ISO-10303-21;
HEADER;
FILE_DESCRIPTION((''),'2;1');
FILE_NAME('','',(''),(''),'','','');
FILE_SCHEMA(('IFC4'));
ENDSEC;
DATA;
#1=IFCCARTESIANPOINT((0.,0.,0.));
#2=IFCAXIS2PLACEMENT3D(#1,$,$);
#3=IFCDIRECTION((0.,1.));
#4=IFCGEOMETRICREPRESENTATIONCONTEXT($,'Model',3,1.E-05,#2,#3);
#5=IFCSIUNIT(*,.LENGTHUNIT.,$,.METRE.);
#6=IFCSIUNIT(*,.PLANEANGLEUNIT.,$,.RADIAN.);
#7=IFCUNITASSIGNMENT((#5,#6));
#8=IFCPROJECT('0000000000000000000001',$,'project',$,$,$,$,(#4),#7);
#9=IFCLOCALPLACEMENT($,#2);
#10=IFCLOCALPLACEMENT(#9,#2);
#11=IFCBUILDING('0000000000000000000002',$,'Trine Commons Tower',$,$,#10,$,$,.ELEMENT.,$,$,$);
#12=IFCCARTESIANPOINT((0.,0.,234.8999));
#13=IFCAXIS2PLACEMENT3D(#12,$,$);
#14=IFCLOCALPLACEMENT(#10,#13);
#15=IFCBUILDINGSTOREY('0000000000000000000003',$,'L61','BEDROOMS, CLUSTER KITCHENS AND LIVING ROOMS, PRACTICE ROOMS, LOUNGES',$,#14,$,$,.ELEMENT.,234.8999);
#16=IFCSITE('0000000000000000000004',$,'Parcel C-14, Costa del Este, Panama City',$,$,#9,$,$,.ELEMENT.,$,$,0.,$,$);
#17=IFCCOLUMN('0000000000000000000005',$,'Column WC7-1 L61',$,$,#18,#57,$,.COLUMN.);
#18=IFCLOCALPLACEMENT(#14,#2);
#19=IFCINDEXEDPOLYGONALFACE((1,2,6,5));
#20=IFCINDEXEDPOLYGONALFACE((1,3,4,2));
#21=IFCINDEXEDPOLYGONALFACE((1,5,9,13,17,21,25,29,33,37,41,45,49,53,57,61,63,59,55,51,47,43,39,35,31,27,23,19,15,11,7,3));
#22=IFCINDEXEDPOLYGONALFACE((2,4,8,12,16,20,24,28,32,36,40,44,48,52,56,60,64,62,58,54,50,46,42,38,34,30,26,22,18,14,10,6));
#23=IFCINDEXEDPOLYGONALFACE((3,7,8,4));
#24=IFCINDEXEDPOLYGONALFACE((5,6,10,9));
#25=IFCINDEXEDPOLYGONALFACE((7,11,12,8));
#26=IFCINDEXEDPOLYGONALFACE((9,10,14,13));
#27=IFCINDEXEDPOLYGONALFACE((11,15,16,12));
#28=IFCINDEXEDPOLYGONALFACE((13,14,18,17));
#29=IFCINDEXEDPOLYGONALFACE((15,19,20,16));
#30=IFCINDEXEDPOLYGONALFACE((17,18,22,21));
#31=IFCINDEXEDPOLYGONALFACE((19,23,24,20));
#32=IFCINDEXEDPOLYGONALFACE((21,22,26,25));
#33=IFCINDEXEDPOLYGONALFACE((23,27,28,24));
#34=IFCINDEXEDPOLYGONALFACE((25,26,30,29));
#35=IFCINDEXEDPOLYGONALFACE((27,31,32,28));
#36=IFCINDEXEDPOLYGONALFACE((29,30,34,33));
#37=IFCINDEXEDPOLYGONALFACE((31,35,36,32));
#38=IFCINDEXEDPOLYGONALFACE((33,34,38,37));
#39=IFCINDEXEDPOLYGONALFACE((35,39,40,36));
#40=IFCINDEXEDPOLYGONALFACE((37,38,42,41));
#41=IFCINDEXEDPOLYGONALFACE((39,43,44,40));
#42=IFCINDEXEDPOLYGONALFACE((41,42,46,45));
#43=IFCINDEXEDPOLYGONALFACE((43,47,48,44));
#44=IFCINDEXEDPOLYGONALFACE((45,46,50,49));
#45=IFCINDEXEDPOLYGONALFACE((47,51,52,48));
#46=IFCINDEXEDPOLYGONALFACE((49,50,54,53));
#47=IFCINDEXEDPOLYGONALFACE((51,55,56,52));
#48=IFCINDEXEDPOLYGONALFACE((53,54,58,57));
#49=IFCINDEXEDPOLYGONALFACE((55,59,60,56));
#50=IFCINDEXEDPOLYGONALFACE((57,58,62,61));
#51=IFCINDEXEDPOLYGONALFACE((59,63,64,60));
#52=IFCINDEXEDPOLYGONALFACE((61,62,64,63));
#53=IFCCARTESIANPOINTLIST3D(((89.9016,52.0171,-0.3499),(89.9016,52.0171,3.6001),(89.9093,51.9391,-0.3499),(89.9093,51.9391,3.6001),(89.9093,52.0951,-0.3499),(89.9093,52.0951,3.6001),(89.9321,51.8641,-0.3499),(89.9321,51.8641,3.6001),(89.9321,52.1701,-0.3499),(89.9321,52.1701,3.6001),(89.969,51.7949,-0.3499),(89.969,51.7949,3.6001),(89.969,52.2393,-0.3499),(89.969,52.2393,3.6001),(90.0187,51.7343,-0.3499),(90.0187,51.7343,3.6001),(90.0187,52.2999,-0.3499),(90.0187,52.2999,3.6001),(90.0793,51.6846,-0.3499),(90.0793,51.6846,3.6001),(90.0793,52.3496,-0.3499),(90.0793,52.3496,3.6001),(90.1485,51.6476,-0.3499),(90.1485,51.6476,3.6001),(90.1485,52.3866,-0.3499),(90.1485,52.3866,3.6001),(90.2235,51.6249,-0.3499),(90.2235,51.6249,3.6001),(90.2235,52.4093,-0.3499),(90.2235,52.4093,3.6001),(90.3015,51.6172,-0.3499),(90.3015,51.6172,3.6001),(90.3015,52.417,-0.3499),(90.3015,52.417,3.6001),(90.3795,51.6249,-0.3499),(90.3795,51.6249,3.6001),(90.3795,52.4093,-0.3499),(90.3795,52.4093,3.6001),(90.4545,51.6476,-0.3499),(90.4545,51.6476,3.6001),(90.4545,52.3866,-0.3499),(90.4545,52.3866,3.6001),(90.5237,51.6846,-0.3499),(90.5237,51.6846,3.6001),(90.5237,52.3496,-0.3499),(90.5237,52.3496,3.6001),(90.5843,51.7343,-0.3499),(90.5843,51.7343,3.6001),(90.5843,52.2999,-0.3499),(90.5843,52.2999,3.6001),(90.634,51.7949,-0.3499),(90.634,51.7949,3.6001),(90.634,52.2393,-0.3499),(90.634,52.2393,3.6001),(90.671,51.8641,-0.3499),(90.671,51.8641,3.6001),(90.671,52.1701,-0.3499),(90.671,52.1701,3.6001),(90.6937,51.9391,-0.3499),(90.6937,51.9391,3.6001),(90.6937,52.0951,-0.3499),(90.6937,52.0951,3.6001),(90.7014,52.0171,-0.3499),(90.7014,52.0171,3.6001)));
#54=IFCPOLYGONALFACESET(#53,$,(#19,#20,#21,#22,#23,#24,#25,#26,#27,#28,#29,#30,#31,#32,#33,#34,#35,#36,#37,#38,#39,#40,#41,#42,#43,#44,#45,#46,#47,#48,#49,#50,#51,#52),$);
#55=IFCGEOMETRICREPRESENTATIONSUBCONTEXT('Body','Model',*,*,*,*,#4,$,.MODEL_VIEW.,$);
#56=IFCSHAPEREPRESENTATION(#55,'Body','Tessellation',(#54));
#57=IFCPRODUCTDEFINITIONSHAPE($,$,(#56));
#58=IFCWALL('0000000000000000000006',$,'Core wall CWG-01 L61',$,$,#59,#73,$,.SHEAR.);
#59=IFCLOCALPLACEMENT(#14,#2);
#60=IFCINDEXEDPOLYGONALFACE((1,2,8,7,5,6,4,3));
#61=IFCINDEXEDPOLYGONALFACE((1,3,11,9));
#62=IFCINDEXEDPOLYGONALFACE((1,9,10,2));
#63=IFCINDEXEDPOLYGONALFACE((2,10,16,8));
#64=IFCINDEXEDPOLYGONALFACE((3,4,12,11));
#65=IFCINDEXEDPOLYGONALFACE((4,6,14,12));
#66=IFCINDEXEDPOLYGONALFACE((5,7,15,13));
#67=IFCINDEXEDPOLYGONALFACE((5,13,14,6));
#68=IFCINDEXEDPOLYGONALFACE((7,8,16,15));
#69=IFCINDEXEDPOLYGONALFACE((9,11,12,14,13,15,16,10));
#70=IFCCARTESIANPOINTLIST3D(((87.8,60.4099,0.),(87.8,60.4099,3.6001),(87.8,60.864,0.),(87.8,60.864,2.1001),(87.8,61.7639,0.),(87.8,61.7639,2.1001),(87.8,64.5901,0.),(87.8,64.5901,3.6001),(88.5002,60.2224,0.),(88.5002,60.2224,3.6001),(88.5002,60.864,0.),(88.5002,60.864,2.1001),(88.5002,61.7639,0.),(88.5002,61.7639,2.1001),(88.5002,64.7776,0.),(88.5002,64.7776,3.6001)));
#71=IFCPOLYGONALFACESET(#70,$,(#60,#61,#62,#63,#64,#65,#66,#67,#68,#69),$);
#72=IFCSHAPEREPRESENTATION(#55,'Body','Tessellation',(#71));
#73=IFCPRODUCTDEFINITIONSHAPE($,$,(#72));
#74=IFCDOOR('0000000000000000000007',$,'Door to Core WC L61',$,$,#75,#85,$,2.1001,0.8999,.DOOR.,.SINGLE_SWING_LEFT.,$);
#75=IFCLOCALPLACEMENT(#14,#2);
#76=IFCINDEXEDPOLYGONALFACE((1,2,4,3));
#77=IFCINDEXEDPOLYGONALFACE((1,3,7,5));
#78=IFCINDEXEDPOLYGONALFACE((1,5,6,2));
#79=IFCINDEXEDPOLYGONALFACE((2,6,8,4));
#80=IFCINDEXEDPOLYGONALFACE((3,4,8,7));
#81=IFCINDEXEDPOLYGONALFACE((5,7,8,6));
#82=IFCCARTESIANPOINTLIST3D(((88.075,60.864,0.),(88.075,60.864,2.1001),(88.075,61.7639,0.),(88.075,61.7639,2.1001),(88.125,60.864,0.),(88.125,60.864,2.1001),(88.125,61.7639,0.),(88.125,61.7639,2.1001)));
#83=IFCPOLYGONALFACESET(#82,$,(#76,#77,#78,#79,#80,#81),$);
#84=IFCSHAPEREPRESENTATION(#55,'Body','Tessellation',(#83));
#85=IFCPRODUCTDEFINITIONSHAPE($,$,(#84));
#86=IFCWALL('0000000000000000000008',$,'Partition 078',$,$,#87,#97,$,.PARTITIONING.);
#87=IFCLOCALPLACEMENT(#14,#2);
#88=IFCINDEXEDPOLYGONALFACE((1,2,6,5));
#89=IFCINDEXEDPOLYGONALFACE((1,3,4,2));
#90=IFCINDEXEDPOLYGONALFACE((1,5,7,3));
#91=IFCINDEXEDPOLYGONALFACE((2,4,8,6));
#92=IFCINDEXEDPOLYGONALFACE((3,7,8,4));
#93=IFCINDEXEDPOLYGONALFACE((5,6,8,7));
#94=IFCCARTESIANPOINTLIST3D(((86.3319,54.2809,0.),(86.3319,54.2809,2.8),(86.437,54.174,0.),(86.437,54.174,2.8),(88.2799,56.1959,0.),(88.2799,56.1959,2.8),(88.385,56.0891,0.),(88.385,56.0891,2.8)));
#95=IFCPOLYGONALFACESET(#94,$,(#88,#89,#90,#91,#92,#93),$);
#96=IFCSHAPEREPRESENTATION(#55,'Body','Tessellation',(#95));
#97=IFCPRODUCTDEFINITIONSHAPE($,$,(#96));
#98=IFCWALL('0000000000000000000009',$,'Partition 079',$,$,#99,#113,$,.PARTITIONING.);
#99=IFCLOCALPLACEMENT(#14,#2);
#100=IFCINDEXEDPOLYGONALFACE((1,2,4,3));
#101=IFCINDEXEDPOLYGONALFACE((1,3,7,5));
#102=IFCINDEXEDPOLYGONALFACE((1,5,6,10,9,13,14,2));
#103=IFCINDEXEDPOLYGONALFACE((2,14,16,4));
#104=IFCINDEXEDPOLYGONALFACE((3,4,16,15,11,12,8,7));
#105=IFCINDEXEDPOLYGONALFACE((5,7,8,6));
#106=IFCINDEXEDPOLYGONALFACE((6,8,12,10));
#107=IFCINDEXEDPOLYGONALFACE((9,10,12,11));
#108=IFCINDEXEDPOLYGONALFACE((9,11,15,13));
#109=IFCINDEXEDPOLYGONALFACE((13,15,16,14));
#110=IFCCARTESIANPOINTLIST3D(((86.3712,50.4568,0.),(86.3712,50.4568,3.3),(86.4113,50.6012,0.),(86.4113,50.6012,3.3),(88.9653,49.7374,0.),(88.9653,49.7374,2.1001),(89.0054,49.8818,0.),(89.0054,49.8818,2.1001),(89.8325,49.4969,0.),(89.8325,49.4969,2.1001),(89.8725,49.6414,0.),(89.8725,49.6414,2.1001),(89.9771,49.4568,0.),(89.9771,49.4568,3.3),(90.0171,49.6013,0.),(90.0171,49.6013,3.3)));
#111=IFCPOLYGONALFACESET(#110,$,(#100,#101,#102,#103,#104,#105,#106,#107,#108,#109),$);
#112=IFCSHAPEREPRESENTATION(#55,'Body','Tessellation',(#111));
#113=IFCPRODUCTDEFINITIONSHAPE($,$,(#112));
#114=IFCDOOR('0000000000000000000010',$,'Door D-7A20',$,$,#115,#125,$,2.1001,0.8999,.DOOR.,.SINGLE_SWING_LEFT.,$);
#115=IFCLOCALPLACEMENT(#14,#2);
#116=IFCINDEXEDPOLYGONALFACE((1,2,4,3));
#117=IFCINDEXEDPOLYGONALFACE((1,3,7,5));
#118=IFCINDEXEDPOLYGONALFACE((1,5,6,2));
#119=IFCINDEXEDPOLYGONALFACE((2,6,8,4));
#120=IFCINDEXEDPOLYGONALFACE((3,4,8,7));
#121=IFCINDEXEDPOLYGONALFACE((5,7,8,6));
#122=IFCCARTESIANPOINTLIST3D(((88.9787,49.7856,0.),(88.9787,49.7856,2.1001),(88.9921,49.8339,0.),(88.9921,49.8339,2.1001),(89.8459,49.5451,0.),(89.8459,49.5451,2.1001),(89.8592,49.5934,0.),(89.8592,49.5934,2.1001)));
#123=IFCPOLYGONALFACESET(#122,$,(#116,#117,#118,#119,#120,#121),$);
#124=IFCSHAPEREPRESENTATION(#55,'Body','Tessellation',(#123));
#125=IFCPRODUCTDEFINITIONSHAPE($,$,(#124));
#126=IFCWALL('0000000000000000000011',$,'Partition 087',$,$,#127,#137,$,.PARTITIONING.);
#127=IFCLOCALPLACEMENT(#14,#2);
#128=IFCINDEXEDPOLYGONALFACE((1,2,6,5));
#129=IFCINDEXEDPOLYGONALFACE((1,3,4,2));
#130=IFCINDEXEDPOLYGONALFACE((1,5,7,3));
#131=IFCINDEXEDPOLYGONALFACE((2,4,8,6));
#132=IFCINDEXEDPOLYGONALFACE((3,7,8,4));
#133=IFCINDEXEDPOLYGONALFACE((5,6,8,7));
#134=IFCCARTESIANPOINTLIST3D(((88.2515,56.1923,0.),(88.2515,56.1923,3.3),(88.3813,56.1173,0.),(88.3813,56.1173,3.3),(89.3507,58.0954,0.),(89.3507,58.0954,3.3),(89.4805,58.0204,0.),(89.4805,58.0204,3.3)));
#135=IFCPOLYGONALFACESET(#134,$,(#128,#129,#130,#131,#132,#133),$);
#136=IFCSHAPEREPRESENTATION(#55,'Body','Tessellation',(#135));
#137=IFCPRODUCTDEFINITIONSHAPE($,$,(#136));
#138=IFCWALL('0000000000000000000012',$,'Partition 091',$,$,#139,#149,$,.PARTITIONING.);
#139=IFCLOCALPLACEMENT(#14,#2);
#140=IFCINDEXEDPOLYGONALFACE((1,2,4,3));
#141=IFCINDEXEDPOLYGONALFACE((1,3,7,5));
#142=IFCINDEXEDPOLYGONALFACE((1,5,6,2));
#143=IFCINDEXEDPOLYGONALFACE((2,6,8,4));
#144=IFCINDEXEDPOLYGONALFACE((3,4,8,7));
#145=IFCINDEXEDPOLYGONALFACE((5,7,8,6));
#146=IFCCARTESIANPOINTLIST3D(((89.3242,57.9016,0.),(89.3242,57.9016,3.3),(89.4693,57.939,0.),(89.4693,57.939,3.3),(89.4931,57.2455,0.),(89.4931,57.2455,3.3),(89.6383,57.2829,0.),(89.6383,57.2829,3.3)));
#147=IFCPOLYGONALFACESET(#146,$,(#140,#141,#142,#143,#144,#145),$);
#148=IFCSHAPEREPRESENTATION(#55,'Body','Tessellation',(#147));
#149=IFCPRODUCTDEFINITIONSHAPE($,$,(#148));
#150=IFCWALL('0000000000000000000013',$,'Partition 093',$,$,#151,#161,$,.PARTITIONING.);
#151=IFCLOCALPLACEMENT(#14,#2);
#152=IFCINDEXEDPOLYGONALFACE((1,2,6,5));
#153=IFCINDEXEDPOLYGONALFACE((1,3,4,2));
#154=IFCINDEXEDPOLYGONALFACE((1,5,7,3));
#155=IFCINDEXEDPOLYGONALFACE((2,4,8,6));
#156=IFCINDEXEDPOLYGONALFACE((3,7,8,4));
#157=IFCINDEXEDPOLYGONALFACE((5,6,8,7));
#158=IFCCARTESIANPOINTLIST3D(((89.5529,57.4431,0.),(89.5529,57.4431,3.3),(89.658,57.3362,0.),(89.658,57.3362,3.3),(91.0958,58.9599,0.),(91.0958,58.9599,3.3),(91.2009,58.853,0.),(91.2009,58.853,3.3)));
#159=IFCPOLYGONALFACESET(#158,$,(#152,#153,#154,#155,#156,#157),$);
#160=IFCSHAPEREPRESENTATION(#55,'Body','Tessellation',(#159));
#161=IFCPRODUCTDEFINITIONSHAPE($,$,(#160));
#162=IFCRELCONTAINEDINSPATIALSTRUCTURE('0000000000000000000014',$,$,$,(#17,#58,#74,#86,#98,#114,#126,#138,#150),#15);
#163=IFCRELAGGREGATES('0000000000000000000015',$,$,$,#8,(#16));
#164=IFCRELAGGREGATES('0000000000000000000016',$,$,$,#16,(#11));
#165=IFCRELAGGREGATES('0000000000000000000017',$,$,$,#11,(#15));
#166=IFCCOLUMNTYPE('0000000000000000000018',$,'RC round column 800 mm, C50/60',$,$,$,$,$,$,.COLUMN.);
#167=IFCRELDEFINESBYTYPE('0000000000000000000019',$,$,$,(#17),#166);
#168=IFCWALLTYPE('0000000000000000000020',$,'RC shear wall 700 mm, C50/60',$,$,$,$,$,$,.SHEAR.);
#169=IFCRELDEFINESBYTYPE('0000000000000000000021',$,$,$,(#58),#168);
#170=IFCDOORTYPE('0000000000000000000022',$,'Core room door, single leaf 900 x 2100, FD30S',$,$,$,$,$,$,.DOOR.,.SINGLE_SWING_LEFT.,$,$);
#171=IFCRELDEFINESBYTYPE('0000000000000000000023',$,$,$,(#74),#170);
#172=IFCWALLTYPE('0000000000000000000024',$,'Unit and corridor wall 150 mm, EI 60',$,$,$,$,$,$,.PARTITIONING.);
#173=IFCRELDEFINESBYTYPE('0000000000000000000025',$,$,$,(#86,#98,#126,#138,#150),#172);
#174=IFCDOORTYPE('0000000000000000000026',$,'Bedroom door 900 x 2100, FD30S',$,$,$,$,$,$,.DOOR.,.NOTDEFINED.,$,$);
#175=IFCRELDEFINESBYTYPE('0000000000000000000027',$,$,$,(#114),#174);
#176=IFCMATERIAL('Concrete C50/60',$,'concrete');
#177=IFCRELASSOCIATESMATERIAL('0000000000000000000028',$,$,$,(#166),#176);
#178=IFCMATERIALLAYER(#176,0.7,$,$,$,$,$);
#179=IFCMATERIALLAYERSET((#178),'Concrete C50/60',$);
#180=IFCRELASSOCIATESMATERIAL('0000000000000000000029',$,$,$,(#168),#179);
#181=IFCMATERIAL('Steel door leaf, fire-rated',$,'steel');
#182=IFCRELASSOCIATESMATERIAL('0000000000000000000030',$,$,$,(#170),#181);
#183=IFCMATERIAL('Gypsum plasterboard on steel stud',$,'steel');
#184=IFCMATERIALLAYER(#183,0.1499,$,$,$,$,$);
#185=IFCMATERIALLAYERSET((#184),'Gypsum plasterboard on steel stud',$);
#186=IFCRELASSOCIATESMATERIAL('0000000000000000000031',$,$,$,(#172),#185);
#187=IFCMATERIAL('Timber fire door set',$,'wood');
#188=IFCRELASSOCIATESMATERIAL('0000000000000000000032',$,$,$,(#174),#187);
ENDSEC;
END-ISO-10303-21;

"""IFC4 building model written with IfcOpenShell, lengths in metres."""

from ifc_helpers import new_model, si_unit, direction, frame, frame_2d, origin, origin_2d, place, context, subcontext, project, spatial, polyline, rectangle, circle, outline, extrude, material, layer, layer_set, material_profile, profile_set, type_object, element, fill, save


model = new_model("IFC4")

# Units and contexts
model_context = context("Model", 3, precision=1e-05, world=origin(), true_north=direction((0.0, 1.0)))
body_context = subcontext(model_context, "Body", "Model", "MODEL_VIEW")
ifc_project = project(units=[si_unit("LENGTHUNIT", "METRE"), si_unit("PLANEANGLEUNIT", "RADIAN")], contexts=[model_context])

# Site, building, storey
site_placement = place(None, origin())
site = spatial("IfcSite", under=ifc_project, at=site_placement, Name="Parcel C-14, Costa del Este, Panama City", CompositionType="ELEMENT", RefElevation=0.0)
building_placement = place(site_placement, origin())
building = spatial("IfcBuilding", under=site, at=building_placement, Name="Trine Commons Tower", CompositionType="ELEMENT")
storey_placement = place(building_placement, frame((0.0, 0.0, 234.8999)))
storey = spatial("IfcBuildingStorey", under=building, at=storey_placement, Name="L61", Description="BEDROOMS, CLUSTER KITCHENS AND LIVING ROOMS, PRACTICE ROOMS, LOUNGES", CompositionType="ELEMENT", Elevation=234.8999)

# Column
ifc_material_1 = material(Name="Concrete C50/60", Category="concrete")
ifc_material_profile = material_profile(ifc_material_1, circle(Radius=0.3999, at=origin_2d()), Name="RC round 800")
ifc_profile_set = profile_set([ifc_material_profile], Name="Concrete C50/60")
column_type = type_object("IfcColumnType", Name="RC round column 800 mm, C50/60", PredefinedType="COLUMN", material=ifc_profile_set)
column_placement = place(storey_placement, frame((90.3015, 52.0171, -0.3499), z_axis=(0.0, 0.0, 1.0), x_axis=(1.0, 0.0, 0.0)))
element("IfcColumn", 1, at=column_placement, inside=storey, type_object=column_type, Name="Column WC7-1 L61", PredefinedType="COLUMN", context=body_context, shape_type="SweptSolid", body=[
    extrude(circle(Radius=0.3999, at=origin_2d()), origin(), (0.0, 0.0, 1.0), 3.95),
])

# Wall, opening, door
ifc_layer_1 = layer(ifc_material_1, 0.7)
ifc_layer_set_1 = layer_set([ifc_layer_1], Name="Concrete C50/60")
wall_type_1 = type_object("IfcWallType", Name="RC shear wall 700 mm, C50/60", PredefinedType="SHEAR", material=ifc_layer_set_1)
wall_1_placement = place(storey_placement, frame((88.1501, 60.2224, 0.0), z_axis=(0.0, 0.0, 1.0), x_axis=(0.0, 1.0, 0.0)))
wall_1 = element("IfcWall", 2, at=wall_1_placement, inside=storey, type_object=wall_type_1, Name="Core wall CWG-01 L61", PredefinedType="SHEAR", context=body_context, shape_type="SweptSolid", body=[
    extrude(outline(polyline([(0.0, -0.3501), (4.5552, -0.3501), (4.3677, 0.3501), (0.1875, 0.3501), (0.0, -0.3501)])), origin(), (0.0, 0.0, 1.0), 3.6001),
])
opening_1_placement = place(wall_1_placement, frame((0.6416, 0.0, 0.0)))
opening_1 = element("IfcOpeningElement", 3, at=opening_1_placement, cuts=wall_1, PredefinedType="OPENING", context=body_context, shape_type="SweptSolid", body=[
    extrude(rectangle(XDim=0.8999, YDim=2.1001, at=frame_2d((0.45, 1.05))), frame((0.0, 0.3599, 0.0), z_axis=(0.0, -1.0, 0.0), x_axis=(1.0, 0.0, 0.0)), (0.0, 0.0, 1.0), 0.72),
])
ifc_material_2 = material(Name="Steel door leaf, fire-rated", Category="steel")
door_type_1 = type_object("IfcDoorType", Name="Core room door, single leaf 900 x 2100, FD30S", OperationType="SINGLE_SWING_LEFT", PredefinedType="DOOR", material=ifc_material_2)
door_1_placement = place(opening_1_placement, origin())
door_1 = element("IfcDoor", 4, at=door_1_placement, inside=storey, type_object=door_type_1, Name="Door to Core WC L61", OperationType="SINGLE_SWING_LEFT", OverallHeight=2.1001, OverallWidth=0.8999, PredefinedType="DOOR", context=body_context, shape_type="SweptSolid", body=[
    extrude(rectangle(XDim=0.8999, YDim=2.1001, at=frame_2d((0.45, 1.05))), frame((0.0, 0.0752, 0.0), z_axis=(0.0, -1.0, 0.0), x_axis=(1.0, 0.0, 0.0)), (0.0, 0.0, 1.0), 0.05),
])
fill(opening_1, door_1)

# Wall
ifc_material_3 = material(Name="Gypsum plasterboard on steel stud", Category="steel")
ifc_layer_2 = layer(ifc_material_3, 0.1499)
ifc_layer_set_2 = layer_set([ifc_layer_2], Name="Gypsum plasterboard on steel stud")
wall_type_2 = type_object("IfcWallType", Name="Unit and corridor wall 150 mm, EI 60", PredefinedType="PARTITIONING", material=ifc_layer_set_2)
wall_2_placement = place(storey_placement, frame((86.3845, 54.2275, 0.0), z_axis=(0.0, 0.0, 1.0), x_axis=(0.713114, 0.701048, 0.0)))
element("IfcWall", 5, at=wall_2_placement, inside=storey, type_object=wall_type_2, Name="Partition 078", PredefinedType="PARTITIONING", context=body_context, shape_type="SweptSolid", body=[
    extrude(rectangle(XDim=2.7317, YDim=0.1499, at=frame_2d((1.3657, 0.0))), origin(), (0.0, 0.0, 1.0), 2.8),
])

# Wall, opening, door
wall_3_placement = place(storey_placement, frame((86.3911, 50.5291, 0.0), z_axis=(0.0, 0.0, 1.0), x_axis=(0.963632, -0.267233, 0.0)))
wall_3 = element("IfcWall", 6, at=wall_3_placement, inside=storey, type_object=wall_type_2, Name="Partition 079", PredefinedType="PARTITIONING", context=body_context, shape_type="SweptSolid", body=[
    extrude(rectangle(XDim=3.7419, YDim=0.1499, at=frame_2d((1.8711, 0.0))), origin(), (0.0, 0.0, 1.0), 3.3),
])
opening_2_placement = place(wall_3_placement, frame((2.6921, 0.0, 0.0)))
opening_2 = element("IfcOpeningElement", 7, at=opening_2_placement, cuts=wall_3, PredefinedType="OPENING", context=body_context, shape_type="SweptSolid", body=[
    extrude(rectangle(XDim=0.8999, YDim=2.1001, at=frame_2d((0.45, 1.05))), frame((0.0, 0.085, 0.0), z_axis=(0.0, -1.0, 0.0), x_axis=(1.0, 0.0, 0.0)), (0.0, 0.0, 1.0), 0.1699),
])
ifc_material_4 = material(Name="Timber fire door set", Category="wood")
door_type_2 = type_object("IfcDoorType", Name="Bedroom door 900 x 2100, FD30S", OperationType="NOTDEFINED", PredefinedType="DOOR", material=ifc_material_4)
door_2_placement = place(opening_2_placement, frame((0.8999, 0.0, 0.0), z_axis=(0.0, 0.0, 1.0), x_axis=(-1.0, 0.0, 0.0)))
door_2 = element("IfcDoor", 8, at=door_2_placement, inside=storey, type_object=door_type_2, Name="Door D-7A20", OperationType="SINGLE_SWING_LEFT", OverallHeight=2.1001, OverallWidth=0.8999, PredefinedType="DOOR", context=body_context, shape_type="SweptSolid", body=[
    extrude(rectangle(XDim=0.8999, YDim=2.1001, at=frame_2d((0.45, 1.05))), frame((0.0, 0.0249, 0.0), z_axis=(0.0, -1.0, 0.0), x_axis=(1.0, 0.0, 0.0)), (0.0, 0.0, 1.0), 0.05),
])
fill(opening_2, door_2)

# Walls
wall_4_placement = place(storey_placement, frame((88.3164, 56.1548, 0.0), z_axis=(0.0, 0.0, 1.0), x_axis=(0.50013, 0.865951, 0.0)))
element("IfcWall", 9, at=wall_4_placement, inside=storey, type_object=wall_type_2, Name="Partition 087", PredefinedType="PARTITIONING", context=body_context, shape_type="SweptSolid", body=[
    extrude(rectangle(XDim=2.1978, YDim=0.1499, at=frame_2d((1.0989, 0.0))), origin(), (0.0, 0.0, 1.0), 3.3),
])
wall_5_placement = place(storey_placement, frame((89.3967, 57.9204, 0.0), z_axis=(0.0, 0.0, 1.0), x_axis=(0.249398, -0.968401, 0.0)))
element("IfcWall", 10, at=wall_5_placement, inside=storey, type_object=wall_type_2, Name="Partition 091", PredefinedType="PARTITIONING", context=body_context, shape_type="SweptSolid", body=[
    extrude(rectangle(XDim=0.6775, YDim=0.1499, at=frame_2d((0.3389, 0.0))), origin(), (0.0, 0.0, 1.0), 3.3),
])
wall_6_placement = place(storey_placement, frame((89.6055, 57.3896, 0.0), z_axis=(0.0, 0.0, 1.0), x_axis=(0.713118, 0.701044, 0.0)))
element("IfcWall", 11, at=wall_6_placement, inside=storey, type_object=wall_type_2, Name="Partition 093", PredefinedType="PARTITIONING", context=body_context, shape_type="SweptSolid", body=[
    extrude(rectangle(XDim=2.1636, YDim=0.1499, at=frame_2d((1.0818, 0.0))), origin(), (0.0, 0.0, 1.0), 3.3),
])

save(model, "model.ifc")
